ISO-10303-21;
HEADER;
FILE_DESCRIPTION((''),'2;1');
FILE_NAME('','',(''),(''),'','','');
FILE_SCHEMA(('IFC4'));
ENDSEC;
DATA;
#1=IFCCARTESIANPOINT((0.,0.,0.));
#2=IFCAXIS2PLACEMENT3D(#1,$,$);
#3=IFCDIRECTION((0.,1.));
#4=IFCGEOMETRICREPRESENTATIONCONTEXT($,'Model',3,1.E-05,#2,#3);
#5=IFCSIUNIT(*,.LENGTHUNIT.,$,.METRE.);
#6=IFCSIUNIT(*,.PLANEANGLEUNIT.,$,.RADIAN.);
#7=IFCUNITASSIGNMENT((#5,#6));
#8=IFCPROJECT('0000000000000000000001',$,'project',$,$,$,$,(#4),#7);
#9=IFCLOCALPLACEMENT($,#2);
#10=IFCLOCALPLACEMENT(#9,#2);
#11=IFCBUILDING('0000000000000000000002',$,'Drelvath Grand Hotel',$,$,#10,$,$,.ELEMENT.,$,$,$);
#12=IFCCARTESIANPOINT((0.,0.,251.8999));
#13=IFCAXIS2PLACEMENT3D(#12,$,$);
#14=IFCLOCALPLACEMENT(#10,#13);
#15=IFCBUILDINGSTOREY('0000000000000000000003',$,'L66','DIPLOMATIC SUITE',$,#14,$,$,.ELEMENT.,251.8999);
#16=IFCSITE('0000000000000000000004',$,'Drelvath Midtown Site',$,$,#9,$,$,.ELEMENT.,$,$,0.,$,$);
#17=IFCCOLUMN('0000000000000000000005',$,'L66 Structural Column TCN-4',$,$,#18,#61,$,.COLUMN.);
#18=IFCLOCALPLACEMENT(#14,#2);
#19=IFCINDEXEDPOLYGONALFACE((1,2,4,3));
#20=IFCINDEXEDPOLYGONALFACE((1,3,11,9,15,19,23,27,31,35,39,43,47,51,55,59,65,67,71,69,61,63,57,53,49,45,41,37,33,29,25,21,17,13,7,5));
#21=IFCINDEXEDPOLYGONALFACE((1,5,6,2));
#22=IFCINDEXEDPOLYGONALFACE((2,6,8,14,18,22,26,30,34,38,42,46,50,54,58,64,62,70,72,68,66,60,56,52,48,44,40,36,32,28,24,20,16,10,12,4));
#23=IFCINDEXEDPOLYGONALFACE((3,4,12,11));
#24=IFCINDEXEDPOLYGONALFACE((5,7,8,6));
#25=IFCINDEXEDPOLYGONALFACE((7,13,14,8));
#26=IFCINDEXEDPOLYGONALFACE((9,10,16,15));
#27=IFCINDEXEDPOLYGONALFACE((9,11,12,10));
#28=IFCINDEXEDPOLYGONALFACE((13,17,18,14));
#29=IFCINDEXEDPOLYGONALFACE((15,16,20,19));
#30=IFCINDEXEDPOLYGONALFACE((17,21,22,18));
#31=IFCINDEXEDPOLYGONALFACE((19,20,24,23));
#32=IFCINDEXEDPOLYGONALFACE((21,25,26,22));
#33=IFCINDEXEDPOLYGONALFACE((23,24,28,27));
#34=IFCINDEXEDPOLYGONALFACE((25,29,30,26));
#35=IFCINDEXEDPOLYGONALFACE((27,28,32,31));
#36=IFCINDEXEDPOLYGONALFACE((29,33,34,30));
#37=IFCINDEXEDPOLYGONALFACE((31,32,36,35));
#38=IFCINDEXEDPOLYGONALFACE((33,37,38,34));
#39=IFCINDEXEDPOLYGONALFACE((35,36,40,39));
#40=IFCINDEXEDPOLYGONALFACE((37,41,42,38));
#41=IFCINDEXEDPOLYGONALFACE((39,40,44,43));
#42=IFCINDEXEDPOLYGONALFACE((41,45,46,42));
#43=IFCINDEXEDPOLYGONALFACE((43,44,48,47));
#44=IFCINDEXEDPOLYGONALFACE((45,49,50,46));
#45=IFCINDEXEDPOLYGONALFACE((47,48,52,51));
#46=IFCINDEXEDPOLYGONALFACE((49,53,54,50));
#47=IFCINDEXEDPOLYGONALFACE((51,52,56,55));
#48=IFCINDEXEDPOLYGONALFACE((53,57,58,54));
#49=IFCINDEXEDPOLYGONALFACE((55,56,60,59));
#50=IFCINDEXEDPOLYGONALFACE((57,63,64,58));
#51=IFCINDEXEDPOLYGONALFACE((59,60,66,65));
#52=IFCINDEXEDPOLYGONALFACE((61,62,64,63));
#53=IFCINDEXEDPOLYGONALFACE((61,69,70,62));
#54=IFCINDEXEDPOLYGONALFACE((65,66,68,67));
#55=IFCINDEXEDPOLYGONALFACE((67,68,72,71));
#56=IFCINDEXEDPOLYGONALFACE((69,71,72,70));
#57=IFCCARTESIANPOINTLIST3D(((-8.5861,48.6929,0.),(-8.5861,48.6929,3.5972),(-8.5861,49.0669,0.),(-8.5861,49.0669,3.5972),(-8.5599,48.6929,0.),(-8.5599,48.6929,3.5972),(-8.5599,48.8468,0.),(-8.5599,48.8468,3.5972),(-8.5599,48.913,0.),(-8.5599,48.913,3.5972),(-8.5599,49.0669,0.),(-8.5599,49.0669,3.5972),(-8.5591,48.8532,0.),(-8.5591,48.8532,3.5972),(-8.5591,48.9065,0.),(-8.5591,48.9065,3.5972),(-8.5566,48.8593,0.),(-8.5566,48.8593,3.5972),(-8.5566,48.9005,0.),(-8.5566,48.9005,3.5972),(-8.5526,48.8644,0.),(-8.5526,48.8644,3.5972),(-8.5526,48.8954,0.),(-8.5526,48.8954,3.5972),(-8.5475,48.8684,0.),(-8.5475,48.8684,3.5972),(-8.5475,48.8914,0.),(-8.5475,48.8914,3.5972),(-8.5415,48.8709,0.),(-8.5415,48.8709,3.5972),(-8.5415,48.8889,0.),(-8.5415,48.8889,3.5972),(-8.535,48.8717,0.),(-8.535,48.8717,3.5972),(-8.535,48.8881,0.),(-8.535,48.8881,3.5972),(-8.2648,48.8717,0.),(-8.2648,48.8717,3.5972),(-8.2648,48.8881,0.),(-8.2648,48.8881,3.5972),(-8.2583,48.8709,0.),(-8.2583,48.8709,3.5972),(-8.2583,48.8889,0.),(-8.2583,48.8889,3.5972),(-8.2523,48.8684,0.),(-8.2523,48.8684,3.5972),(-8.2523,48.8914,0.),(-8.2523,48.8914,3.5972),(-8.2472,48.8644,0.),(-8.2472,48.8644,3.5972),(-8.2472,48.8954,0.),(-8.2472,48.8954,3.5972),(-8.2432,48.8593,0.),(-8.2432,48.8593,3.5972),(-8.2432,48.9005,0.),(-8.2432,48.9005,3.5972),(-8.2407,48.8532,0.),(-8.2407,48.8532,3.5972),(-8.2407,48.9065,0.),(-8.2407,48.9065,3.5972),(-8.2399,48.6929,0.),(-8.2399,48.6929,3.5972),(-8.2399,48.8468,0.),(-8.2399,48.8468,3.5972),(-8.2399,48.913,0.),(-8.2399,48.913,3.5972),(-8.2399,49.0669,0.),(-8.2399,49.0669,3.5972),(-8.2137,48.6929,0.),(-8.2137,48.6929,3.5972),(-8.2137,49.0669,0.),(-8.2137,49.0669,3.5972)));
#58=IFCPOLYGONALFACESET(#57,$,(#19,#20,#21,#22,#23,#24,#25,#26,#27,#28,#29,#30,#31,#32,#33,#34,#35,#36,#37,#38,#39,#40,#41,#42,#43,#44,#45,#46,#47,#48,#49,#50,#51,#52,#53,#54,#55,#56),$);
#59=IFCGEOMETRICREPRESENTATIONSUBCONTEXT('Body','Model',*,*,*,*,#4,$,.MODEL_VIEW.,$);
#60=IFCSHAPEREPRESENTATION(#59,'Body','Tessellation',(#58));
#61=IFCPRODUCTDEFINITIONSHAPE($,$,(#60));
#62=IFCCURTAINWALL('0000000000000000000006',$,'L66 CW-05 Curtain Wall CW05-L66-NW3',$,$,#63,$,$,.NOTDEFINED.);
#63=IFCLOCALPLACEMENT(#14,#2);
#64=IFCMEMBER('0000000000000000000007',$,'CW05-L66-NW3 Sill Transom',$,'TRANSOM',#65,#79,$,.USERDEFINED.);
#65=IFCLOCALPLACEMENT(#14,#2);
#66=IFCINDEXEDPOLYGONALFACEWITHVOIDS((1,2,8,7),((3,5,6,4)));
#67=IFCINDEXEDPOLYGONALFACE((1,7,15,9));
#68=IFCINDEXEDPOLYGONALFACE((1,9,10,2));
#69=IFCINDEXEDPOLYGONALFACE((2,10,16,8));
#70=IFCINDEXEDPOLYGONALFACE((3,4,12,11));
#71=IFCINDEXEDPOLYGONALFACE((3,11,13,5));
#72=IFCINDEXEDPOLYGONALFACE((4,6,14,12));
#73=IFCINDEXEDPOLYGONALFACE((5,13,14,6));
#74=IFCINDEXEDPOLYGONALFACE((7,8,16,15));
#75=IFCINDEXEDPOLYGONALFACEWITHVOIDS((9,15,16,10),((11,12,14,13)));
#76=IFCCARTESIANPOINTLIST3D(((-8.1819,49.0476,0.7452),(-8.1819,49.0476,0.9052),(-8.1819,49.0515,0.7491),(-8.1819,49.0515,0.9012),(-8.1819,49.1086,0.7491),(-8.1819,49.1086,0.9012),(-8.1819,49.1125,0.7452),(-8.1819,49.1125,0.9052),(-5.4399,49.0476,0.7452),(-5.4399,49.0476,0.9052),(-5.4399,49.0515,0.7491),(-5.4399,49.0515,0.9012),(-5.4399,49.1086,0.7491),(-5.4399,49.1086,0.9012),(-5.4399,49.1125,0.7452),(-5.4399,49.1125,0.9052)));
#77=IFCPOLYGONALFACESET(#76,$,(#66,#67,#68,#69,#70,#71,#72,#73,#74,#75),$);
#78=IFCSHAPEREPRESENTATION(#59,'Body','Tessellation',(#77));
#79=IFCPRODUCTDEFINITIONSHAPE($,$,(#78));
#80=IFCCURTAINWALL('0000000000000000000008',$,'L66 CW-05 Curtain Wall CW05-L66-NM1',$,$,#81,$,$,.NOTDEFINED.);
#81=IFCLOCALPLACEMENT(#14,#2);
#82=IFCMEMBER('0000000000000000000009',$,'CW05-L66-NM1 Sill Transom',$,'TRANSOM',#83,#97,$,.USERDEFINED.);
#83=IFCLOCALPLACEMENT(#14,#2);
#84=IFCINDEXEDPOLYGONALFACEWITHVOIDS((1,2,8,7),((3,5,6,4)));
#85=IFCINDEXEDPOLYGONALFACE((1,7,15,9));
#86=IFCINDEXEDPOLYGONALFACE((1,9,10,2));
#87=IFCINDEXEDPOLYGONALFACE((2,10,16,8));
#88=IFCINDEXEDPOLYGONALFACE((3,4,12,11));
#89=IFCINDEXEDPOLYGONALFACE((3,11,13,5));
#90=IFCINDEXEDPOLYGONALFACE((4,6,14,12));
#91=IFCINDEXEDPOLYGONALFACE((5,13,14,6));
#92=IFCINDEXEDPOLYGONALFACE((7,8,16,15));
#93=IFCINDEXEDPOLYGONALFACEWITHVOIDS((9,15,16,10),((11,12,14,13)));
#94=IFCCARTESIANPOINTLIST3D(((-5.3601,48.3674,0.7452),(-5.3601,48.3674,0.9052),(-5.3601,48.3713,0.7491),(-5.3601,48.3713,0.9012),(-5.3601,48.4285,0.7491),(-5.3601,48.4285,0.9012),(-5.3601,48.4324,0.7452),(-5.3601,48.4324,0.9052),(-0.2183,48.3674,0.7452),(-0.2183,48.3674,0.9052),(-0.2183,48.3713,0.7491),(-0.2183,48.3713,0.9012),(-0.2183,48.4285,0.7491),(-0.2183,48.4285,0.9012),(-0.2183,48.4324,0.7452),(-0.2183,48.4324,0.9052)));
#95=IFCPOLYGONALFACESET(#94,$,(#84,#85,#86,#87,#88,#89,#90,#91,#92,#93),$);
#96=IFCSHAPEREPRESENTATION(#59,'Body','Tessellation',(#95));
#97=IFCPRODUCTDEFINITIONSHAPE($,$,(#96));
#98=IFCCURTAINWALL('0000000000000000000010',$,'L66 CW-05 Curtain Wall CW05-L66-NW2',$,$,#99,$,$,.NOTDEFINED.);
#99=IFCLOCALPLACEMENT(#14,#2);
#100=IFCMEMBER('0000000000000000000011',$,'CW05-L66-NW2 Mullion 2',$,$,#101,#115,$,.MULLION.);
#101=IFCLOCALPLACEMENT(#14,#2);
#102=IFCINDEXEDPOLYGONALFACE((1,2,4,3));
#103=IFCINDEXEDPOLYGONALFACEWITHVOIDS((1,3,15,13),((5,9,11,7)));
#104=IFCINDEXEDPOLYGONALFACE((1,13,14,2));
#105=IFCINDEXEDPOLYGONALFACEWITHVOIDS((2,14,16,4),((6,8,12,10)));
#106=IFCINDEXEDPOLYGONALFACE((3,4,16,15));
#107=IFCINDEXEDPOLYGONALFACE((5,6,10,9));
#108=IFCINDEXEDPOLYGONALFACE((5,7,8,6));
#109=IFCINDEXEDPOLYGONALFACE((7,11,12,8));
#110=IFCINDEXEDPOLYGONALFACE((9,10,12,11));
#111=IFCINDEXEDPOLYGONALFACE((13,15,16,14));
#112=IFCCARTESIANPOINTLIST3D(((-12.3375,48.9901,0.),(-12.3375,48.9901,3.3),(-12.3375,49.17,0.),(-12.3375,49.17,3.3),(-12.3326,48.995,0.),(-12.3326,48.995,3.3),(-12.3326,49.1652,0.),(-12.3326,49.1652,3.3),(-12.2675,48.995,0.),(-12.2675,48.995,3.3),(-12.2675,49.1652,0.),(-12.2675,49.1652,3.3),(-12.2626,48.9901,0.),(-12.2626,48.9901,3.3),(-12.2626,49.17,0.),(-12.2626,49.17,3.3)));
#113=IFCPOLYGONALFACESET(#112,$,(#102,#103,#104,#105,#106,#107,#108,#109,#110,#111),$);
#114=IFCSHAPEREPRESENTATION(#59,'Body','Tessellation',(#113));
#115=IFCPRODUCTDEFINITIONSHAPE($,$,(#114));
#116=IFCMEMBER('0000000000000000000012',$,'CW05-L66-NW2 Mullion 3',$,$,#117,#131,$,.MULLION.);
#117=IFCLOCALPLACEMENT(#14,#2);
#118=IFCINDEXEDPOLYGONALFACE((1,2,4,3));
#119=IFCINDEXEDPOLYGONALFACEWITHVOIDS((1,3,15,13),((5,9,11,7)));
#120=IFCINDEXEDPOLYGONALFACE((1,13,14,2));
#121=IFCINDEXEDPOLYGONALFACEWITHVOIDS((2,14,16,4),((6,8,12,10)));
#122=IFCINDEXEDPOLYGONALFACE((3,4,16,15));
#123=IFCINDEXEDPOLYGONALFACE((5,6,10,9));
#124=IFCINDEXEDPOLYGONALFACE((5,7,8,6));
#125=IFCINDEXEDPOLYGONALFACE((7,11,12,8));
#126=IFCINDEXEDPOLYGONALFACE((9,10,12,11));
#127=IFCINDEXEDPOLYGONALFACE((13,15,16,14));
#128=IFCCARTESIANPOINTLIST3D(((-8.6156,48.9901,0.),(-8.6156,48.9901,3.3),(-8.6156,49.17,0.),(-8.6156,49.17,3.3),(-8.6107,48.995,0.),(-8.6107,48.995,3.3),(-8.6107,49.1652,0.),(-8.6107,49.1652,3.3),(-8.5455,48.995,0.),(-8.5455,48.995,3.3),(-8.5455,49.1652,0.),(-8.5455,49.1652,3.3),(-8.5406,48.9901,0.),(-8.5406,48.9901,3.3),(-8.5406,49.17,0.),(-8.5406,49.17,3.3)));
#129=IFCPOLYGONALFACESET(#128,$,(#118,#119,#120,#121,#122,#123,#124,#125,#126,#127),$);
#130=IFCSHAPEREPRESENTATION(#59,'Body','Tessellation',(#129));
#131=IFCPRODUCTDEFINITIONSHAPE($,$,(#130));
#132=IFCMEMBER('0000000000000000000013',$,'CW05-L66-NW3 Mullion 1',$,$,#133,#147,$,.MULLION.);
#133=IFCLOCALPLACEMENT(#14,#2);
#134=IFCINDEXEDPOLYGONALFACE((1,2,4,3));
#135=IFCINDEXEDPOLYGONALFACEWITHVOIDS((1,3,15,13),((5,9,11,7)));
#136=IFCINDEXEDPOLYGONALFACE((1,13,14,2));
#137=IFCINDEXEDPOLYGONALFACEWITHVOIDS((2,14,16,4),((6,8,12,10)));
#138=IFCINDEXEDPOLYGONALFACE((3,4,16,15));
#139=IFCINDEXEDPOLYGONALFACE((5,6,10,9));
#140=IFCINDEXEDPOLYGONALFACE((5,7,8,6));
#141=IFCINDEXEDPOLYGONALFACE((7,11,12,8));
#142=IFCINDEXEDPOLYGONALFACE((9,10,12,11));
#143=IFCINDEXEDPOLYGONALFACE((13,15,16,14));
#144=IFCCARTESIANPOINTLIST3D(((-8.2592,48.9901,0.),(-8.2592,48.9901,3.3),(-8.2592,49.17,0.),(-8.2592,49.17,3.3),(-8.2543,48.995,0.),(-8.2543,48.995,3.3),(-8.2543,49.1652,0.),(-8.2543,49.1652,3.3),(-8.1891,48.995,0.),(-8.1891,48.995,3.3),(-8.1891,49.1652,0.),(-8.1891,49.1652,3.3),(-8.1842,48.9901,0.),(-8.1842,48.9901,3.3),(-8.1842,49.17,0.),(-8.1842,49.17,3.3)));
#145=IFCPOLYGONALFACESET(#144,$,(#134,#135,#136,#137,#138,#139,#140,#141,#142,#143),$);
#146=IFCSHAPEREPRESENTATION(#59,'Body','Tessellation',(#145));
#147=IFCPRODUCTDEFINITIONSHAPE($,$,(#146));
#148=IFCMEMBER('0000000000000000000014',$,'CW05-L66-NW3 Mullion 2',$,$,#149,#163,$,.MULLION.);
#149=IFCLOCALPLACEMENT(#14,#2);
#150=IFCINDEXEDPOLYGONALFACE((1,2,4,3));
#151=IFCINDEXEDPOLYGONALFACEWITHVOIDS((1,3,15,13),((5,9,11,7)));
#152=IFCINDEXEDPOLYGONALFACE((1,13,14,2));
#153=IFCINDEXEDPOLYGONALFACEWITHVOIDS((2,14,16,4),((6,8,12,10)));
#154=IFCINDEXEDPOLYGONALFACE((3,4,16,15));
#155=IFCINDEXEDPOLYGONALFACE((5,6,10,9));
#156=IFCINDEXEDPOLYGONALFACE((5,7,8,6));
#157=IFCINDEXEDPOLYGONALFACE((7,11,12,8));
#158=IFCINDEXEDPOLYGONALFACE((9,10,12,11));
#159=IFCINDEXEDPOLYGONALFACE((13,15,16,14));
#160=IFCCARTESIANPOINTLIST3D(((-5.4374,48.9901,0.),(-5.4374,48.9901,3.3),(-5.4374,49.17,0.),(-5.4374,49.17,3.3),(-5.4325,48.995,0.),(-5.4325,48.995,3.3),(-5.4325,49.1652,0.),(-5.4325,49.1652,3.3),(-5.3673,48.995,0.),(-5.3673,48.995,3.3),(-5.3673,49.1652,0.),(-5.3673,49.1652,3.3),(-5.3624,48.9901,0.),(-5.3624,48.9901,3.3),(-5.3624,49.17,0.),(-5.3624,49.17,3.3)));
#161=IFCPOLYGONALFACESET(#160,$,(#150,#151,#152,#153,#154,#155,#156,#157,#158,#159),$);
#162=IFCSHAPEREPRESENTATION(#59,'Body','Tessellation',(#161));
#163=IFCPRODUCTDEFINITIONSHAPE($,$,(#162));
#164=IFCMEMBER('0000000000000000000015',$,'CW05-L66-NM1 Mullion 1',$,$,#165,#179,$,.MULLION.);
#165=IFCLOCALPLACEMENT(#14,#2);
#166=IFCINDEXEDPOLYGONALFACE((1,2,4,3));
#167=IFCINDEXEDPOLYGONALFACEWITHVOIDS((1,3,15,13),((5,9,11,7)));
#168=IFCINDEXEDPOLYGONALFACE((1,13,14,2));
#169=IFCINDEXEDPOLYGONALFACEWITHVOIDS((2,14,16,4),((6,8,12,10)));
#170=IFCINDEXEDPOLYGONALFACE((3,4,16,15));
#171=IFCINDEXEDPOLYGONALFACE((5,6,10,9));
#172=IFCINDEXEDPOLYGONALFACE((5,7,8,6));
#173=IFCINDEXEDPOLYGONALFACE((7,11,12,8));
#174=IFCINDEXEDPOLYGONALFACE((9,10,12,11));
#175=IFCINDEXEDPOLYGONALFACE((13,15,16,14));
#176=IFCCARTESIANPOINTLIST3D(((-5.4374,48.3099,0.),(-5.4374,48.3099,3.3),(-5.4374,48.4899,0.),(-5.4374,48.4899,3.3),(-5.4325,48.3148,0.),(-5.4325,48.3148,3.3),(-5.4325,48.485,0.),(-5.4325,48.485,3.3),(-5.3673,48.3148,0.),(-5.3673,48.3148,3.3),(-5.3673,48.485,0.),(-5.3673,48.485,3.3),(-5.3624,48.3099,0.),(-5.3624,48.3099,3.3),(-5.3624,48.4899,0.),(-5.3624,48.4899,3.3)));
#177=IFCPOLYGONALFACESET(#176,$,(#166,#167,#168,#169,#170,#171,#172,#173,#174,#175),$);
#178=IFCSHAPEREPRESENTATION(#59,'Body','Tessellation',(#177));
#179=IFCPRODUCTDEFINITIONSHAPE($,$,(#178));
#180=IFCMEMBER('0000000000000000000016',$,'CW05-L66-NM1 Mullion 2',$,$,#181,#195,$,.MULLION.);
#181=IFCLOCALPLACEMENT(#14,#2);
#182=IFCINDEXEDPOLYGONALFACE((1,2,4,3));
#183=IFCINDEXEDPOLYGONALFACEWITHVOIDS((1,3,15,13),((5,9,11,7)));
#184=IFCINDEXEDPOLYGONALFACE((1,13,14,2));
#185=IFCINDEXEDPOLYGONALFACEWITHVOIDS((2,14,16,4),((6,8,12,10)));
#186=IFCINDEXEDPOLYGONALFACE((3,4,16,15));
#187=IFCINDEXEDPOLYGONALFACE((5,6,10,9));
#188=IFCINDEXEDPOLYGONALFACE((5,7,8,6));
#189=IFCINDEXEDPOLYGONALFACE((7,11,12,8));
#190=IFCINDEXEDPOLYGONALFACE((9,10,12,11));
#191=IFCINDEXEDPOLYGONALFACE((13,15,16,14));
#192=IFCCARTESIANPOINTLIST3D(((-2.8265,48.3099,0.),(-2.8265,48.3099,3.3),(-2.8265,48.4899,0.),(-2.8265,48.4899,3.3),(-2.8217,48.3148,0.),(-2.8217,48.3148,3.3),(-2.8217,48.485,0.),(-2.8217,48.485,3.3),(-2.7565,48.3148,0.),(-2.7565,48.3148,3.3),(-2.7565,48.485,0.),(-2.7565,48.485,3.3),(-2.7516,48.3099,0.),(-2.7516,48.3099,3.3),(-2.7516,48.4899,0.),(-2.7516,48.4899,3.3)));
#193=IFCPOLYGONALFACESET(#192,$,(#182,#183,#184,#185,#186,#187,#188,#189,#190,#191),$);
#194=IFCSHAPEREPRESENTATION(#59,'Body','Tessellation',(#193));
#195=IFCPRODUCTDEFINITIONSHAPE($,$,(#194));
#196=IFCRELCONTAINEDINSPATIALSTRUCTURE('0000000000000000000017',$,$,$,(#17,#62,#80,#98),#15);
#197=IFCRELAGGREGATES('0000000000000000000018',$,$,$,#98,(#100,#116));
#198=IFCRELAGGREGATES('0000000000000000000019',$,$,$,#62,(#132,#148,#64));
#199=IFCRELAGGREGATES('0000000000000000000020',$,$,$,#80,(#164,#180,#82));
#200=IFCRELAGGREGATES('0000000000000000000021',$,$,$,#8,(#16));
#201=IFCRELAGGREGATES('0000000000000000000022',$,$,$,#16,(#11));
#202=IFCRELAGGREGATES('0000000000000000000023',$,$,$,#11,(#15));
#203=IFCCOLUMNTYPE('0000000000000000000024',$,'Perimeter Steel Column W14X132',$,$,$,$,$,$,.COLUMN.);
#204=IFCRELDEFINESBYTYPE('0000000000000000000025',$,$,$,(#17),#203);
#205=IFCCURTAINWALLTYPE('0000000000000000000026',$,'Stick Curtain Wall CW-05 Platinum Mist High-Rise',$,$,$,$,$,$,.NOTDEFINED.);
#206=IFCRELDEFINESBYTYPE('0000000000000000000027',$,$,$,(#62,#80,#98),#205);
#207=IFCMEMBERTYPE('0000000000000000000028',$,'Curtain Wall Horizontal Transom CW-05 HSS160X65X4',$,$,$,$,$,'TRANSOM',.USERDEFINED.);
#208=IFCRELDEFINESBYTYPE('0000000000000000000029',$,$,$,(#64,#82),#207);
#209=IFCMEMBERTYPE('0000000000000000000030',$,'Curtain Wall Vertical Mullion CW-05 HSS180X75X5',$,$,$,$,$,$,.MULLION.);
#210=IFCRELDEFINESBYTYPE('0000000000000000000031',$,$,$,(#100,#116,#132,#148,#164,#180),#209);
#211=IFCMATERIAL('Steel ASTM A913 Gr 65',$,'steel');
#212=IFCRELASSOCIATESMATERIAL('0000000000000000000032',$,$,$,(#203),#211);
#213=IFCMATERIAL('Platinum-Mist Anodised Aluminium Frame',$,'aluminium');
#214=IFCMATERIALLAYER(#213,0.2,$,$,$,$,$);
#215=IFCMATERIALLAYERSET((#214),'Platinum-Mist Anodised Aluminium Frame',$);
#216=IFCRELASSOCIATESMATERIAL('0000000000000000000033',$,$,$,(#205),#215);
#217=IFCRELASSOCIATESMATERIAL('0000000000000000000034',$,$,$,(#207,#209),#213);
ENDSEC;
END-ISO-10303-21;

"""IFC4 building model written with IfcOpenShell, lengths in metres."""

from ifc_helpers import new_model, si_unit, direction, frame, origin, origin_2d, place, context, subcontext, project, spatial, hollow_rectangle, i_section, extrude, material, layer, layer_set, material_profile, profile_set, type_object, element, aggregate, save


model = new_model("IFC4")

# Units and contexts
model_context = context("Model", 3, precision=1e-05, world=origin(), true_north=direction((0.0, 1.0)))
body_context = subcontext(model_context, "Body", "Model", "MODEL_VIEW")
ifc_project = project(units=[si_unit("LENGTHUNIT", "METRE"), si_unit("PLANEANGLEUNIT", "RADIAN")], contexts=[model_context])

# Site, building, storey
site_placement = place(None, origin())
site = spatial("IfcSite", under=ifc_project, at=site_placement, Name="Drelvath Midtown Site", CompositionType="ELEMENT", RefElevation=0.0)
building_placement = place(site_placement, origin())
building = spatial("IfcBuilding", under=site, at=building_placement, Name="Drelvath Grand Hotel", CompositionType="ELEMENT")
storey_placement = place(building_placement, frame((0.0, 0.0, 251.8999)))
storey = spatial("IfcBuildingStorey", under=building, at=storey_placement, Name="L66", Description="DIPLOMATIC SUITE", CompositionType="ELEMENT", Elevation=251.8999)

# Column
ifc_material_1 = material(Name="Steel ASTM A913 Gr 65", Category="steel")
ifc_material_profile_1 = material_profile(ifc_material_1, i_section(OverallWidth=0.374, OverallDepth=0.3723, WebThickness=0.0164, FlangeThickness=0.0261, FilletRadius=0.0249, at=origin_2d()), Name="W14X132")
ifc_profile_set_1 = profile_set([ifc_material_profile_1], Name="Steel ASTM A913 Gr 65")
column_type = type_object("IfcColumnType", Name="Perimeter Steel Column W14X132", PredefinedType="COLUMN", material=ifc_profile_set_1)
column_placement = place(storey_placement, frame((-8.3999, 48.8799, 0.0), z_axis=(0.0, 0.0, 1.0), x_axis=(0.0, 1.0, 0.0)))
element("IfcColumn", 1, at=column_placement, inside=storey, type_object=column_type, Name="L66 Structural Column TCN-4", PredefinedType="COLUMN", context=body_context, shape_type="SweptSolid", body=[
    extrude(i_section(OverallWidth=0.374, OverallDepth=0.3723, WebThickness=0.0164, FlangeThickness=0.0261, FilletRadius=0.0249, at=origin_2d()), origin(), (0.0, 0.0, 1.0), 3.5972),
])

# Curtain walls, members
ifc_material_2 = material(Name="Platinum-Mist Anodised Aluminium Frame", Category="aluminium")
ifc_layer_1 = layer(ifc_material_2, 0.2)
ifc_layer_set_1 = layer_set([ifc_layer_1], Name="Platinum-Mist Anodised Aluminium Frame")
curtain_wall_type = type_object("IfcCurtainWallType", Name="Stick Curtain Wall CW-05 Platinum Mist High-Rise", PredefinedType="NOTDEFINED", material=ifc_layer_set_1)
curtain_wall_1_placement = place(storey_placement, origin())
curtain_wall_1 = element("IfcCurtainWall", 2, at=curtain_wall_1_placement, inside=storey, type_object=curtain_wall_type, Name="L66 CW-05 Curtain Wall CW05-L66-NW3", PredefinedType="NOTDEFINED")
ifc_material_profile_2 = material_profile(ifc_material_2, hollow_rectangle(XDim=0.0649, YDim=0.1599, WallThickness=0.0039, at=origin_2d()), Name="HSS160X65X4")
ifc_profile_set_2 = profile_set([ifc_material_profile_2], Name="Platinum-Mist Anodised Aluminium Frame")
member_type_1 = type_object("IfcMemberType", Name="Curtain Wall Horizontal Transom CW-05 HSS160X65X4", ElementType="TRANSOM", PredefinedType="USERDEFINED", material=ifc_profile_set_2)
member_1_placement = place(storey_placement, frame((-8.1819, 49.0801, 0.8252), z_axis=(1.0, 0.0, 0.0), x_axis=(0.0, 1.0, 0.0)))
member_1 = element("IfcMember", 3, at=member_1_placement, type_object=member_type_1, Name="CW05-L66-NW3 Sill Transom", ObjectType="TRANSOM", PredefinedType="USERDEFINED", context=body_context, shape_type="SweptSolid", body=[
    extrude(hollow_rectangle(XDim=0.0649, YDim=0.1599, WallThickness=0.0039, at=origin_2d()), origin(), (0.0, 0.0, 1.0), 2.7419),
])
curtain_wall_2_placement = place(storey_placement, origin())
curtain_wall_2 = element("IfcCurtainWall", 4, at=curtain_wall_2_placement, inside=storey, type_object=curtain_wall_type, Name="L66 CW-05 Curtain Wall CW05-L66-NM1", PredefinedType="NOTDEFINED")
member_2_placement = place(storey_placement, frame((-5.3601, 48.3999, 0.8252), z_axis=(1.0, 0.0, 0.0), x_axis=(0.0, 1.0, 0.0)))
member_2 = element("IfcMember", 5, at=member_2_placement, type_object=member_type_1, Name="CW05-L66-NM1 Sill Transom", ObjectType="TRANSOM", PredefinedType="USERDEFINED", context=body_context, shape_type="SweptSolid", body=[
    extrude(hollow_rectangle(XDim=0.0649, YDim=0.1599, WallThickness=0.0039, at=origin_2d()), origin(), (0.0, 0.0, 1.0), 5.1418),
])

# Curtain wall, members
curtain_wall_3_placement = place(storey_placement, origin())
curtain_wall_3 = element("IfcCurtainWall", 6, at=curtain_wall_3_placement, inside=storey, type_object=curtain_wall_type, Name="L66 CW-05 Curtain Wall CW05-L66-NW2", PredefinedType="NOTDEFINED")
ifc_material_profile_3 = material_profile(ifc_material_2, hollow_rectangle(XDim=0.075, YDim=0.1799, WallThickness=0.0049, at=origin_2d()), Name="HSS180X75X5")
ifc_profile_set_3 = profile_set([ifc_material_profile_3], Name="Platinum-Mist Anodised Aluminium Frame")
member_type_2 = type_object("IfcMemberType", Name="Curtain Wall Vertical Mullion CW-05 HSS180X75X5", PredefinedType="MULLION", material=ifc_profile_set_3)
member_3_placement = place(storey_placement, frame((-12.3, 49.0801, 0.0), z_axis=(0.0, 0.0, 1.0), x_axis=(1.0, 0.0, 0.0)))
member_3 = element("IfcMember", 7, at=member_3_placement, type_object=member_type_2, Name="CW05-L66-NW2 Mullion 2", PredefinedType="MULLION", context=body_context, shape_type="SweptSolid", body=[
    extrude(hollow_rectangle(XDim=0.075, YDim=0.1799, WallThickness=0.0049, at=origin_2d()), origin(), (0.0, 0.0, 1.0), 3.3),
])
member_4_placement = place(storey_placement, frame((-8.5781, 49.0801, 0.0), z_axis=(0.0, 0.0, 1.0), x_axis=(1.0, 0.0, 0.0)))
member_4 = element("IfcMember", 8, at=member_4_placement, type_object=member_type_2, Name="CW05-L66-NW2 Mullion 3", PredefinedType="MULLION", context=body_context, shape_type="SweptSolid", body=[
    extrude(hollow_rectangle(XDim=0.075, YDim=0.1799, WallThickness=0.0049, at=origin_2d()), origin(), (0.0, 0.0, 1.0), 3.3),
])

# Members
member_5_placement = place(storey_placement, frame((-8.2217, 49.0801, 0.0), z_axis=(0.0, 0.0, 1.0), x_axis=(1.0, 0.0, 0.0)))
member_5 = element("IfcMember", 9, at=member_5_placement, type_object=member_type_2, Name="CW05-L66-NW3 Mullion 1", PredefinedType="MULLION", context=body_context, shape_type="SweptSolid", body=[
    extrude(hollow_rectangle(XDim=0.075, YDim=0.1799, WallThickness=0.0049, at=origin_2d()), origin(), (0.0, 0.0, 1.0), 3.3),
])
member_6_placement = place(storey_placement, frame((-5.3999, 49.0801, 0.0), z_axis=(0.0, 0.0, 1.0), x_axis=(1.0, 0.0, 0.0)))
member_6 = element("IfcMember", 10, at=member_6_placement, type_object=member_type_2, Name="CW05-L66-NW3 Mullion 2", PredefinedType="MULLION", context=body_context, shape_type="SweptSolid", body=[
    extrude(hollow_rectangle(XDim=0.075, YDim=0.1799, WallThickness=0.0049, at=origin_2d()), origin(), (0.0, 0.0, 1.0), 3.3),
])
member_7_placement = place(storey_placement, frame((-5.3999, 48.3999, 0.0), z_axis=(0.0, 0.0, 1.0), x_axis=(1.0, 0.0, 0.0)))
member_7 = element("IfcMember", 11, at=member_7_placement, type_object=member_type_2, Name="CW05-L66-NM1 Mullion 1", PredefinedType="MULLION", context=body_context, shape_type="SweptSolid", body=[
    extrude(hollow_rectangle(XDim=0.075, YDim=0.1799, WallThickness=0.0049, at=origin_2d()), origin(), (0.0, 0.0, 1.0), 3.3),
])
member_8_placement = place(storey_placement, frame((-2.7891, 48.3999, 0.0), z_axis=(0.0, 0.0, 1.0), x_axis=(1.0, 0.0, 0.0)))
member_8 = element("IfcMember", 12, at=member_8_placement, type_object=member_type_2, Name="CW05-L66-NM1 Mullion 2", PredefinedType="MULLION", context=body_context, shape_type="SweptSolid", body=[
    extrude(hollow_rectangle(XDim=0.075, YDim=0.1799, WallThickness=0.0049, at=origin_2d()), origin(), (0.0, 0.0, 1.0), 3.3),
])

aggregate(curtain_wall_3, [member_3, member_4])
aggregate(curtain_wall_1, [member_5, member_6, member_1])
aggregate(curtain_wall_2, [member_7, member_8, member_2])

save(model, "model.ifc")
